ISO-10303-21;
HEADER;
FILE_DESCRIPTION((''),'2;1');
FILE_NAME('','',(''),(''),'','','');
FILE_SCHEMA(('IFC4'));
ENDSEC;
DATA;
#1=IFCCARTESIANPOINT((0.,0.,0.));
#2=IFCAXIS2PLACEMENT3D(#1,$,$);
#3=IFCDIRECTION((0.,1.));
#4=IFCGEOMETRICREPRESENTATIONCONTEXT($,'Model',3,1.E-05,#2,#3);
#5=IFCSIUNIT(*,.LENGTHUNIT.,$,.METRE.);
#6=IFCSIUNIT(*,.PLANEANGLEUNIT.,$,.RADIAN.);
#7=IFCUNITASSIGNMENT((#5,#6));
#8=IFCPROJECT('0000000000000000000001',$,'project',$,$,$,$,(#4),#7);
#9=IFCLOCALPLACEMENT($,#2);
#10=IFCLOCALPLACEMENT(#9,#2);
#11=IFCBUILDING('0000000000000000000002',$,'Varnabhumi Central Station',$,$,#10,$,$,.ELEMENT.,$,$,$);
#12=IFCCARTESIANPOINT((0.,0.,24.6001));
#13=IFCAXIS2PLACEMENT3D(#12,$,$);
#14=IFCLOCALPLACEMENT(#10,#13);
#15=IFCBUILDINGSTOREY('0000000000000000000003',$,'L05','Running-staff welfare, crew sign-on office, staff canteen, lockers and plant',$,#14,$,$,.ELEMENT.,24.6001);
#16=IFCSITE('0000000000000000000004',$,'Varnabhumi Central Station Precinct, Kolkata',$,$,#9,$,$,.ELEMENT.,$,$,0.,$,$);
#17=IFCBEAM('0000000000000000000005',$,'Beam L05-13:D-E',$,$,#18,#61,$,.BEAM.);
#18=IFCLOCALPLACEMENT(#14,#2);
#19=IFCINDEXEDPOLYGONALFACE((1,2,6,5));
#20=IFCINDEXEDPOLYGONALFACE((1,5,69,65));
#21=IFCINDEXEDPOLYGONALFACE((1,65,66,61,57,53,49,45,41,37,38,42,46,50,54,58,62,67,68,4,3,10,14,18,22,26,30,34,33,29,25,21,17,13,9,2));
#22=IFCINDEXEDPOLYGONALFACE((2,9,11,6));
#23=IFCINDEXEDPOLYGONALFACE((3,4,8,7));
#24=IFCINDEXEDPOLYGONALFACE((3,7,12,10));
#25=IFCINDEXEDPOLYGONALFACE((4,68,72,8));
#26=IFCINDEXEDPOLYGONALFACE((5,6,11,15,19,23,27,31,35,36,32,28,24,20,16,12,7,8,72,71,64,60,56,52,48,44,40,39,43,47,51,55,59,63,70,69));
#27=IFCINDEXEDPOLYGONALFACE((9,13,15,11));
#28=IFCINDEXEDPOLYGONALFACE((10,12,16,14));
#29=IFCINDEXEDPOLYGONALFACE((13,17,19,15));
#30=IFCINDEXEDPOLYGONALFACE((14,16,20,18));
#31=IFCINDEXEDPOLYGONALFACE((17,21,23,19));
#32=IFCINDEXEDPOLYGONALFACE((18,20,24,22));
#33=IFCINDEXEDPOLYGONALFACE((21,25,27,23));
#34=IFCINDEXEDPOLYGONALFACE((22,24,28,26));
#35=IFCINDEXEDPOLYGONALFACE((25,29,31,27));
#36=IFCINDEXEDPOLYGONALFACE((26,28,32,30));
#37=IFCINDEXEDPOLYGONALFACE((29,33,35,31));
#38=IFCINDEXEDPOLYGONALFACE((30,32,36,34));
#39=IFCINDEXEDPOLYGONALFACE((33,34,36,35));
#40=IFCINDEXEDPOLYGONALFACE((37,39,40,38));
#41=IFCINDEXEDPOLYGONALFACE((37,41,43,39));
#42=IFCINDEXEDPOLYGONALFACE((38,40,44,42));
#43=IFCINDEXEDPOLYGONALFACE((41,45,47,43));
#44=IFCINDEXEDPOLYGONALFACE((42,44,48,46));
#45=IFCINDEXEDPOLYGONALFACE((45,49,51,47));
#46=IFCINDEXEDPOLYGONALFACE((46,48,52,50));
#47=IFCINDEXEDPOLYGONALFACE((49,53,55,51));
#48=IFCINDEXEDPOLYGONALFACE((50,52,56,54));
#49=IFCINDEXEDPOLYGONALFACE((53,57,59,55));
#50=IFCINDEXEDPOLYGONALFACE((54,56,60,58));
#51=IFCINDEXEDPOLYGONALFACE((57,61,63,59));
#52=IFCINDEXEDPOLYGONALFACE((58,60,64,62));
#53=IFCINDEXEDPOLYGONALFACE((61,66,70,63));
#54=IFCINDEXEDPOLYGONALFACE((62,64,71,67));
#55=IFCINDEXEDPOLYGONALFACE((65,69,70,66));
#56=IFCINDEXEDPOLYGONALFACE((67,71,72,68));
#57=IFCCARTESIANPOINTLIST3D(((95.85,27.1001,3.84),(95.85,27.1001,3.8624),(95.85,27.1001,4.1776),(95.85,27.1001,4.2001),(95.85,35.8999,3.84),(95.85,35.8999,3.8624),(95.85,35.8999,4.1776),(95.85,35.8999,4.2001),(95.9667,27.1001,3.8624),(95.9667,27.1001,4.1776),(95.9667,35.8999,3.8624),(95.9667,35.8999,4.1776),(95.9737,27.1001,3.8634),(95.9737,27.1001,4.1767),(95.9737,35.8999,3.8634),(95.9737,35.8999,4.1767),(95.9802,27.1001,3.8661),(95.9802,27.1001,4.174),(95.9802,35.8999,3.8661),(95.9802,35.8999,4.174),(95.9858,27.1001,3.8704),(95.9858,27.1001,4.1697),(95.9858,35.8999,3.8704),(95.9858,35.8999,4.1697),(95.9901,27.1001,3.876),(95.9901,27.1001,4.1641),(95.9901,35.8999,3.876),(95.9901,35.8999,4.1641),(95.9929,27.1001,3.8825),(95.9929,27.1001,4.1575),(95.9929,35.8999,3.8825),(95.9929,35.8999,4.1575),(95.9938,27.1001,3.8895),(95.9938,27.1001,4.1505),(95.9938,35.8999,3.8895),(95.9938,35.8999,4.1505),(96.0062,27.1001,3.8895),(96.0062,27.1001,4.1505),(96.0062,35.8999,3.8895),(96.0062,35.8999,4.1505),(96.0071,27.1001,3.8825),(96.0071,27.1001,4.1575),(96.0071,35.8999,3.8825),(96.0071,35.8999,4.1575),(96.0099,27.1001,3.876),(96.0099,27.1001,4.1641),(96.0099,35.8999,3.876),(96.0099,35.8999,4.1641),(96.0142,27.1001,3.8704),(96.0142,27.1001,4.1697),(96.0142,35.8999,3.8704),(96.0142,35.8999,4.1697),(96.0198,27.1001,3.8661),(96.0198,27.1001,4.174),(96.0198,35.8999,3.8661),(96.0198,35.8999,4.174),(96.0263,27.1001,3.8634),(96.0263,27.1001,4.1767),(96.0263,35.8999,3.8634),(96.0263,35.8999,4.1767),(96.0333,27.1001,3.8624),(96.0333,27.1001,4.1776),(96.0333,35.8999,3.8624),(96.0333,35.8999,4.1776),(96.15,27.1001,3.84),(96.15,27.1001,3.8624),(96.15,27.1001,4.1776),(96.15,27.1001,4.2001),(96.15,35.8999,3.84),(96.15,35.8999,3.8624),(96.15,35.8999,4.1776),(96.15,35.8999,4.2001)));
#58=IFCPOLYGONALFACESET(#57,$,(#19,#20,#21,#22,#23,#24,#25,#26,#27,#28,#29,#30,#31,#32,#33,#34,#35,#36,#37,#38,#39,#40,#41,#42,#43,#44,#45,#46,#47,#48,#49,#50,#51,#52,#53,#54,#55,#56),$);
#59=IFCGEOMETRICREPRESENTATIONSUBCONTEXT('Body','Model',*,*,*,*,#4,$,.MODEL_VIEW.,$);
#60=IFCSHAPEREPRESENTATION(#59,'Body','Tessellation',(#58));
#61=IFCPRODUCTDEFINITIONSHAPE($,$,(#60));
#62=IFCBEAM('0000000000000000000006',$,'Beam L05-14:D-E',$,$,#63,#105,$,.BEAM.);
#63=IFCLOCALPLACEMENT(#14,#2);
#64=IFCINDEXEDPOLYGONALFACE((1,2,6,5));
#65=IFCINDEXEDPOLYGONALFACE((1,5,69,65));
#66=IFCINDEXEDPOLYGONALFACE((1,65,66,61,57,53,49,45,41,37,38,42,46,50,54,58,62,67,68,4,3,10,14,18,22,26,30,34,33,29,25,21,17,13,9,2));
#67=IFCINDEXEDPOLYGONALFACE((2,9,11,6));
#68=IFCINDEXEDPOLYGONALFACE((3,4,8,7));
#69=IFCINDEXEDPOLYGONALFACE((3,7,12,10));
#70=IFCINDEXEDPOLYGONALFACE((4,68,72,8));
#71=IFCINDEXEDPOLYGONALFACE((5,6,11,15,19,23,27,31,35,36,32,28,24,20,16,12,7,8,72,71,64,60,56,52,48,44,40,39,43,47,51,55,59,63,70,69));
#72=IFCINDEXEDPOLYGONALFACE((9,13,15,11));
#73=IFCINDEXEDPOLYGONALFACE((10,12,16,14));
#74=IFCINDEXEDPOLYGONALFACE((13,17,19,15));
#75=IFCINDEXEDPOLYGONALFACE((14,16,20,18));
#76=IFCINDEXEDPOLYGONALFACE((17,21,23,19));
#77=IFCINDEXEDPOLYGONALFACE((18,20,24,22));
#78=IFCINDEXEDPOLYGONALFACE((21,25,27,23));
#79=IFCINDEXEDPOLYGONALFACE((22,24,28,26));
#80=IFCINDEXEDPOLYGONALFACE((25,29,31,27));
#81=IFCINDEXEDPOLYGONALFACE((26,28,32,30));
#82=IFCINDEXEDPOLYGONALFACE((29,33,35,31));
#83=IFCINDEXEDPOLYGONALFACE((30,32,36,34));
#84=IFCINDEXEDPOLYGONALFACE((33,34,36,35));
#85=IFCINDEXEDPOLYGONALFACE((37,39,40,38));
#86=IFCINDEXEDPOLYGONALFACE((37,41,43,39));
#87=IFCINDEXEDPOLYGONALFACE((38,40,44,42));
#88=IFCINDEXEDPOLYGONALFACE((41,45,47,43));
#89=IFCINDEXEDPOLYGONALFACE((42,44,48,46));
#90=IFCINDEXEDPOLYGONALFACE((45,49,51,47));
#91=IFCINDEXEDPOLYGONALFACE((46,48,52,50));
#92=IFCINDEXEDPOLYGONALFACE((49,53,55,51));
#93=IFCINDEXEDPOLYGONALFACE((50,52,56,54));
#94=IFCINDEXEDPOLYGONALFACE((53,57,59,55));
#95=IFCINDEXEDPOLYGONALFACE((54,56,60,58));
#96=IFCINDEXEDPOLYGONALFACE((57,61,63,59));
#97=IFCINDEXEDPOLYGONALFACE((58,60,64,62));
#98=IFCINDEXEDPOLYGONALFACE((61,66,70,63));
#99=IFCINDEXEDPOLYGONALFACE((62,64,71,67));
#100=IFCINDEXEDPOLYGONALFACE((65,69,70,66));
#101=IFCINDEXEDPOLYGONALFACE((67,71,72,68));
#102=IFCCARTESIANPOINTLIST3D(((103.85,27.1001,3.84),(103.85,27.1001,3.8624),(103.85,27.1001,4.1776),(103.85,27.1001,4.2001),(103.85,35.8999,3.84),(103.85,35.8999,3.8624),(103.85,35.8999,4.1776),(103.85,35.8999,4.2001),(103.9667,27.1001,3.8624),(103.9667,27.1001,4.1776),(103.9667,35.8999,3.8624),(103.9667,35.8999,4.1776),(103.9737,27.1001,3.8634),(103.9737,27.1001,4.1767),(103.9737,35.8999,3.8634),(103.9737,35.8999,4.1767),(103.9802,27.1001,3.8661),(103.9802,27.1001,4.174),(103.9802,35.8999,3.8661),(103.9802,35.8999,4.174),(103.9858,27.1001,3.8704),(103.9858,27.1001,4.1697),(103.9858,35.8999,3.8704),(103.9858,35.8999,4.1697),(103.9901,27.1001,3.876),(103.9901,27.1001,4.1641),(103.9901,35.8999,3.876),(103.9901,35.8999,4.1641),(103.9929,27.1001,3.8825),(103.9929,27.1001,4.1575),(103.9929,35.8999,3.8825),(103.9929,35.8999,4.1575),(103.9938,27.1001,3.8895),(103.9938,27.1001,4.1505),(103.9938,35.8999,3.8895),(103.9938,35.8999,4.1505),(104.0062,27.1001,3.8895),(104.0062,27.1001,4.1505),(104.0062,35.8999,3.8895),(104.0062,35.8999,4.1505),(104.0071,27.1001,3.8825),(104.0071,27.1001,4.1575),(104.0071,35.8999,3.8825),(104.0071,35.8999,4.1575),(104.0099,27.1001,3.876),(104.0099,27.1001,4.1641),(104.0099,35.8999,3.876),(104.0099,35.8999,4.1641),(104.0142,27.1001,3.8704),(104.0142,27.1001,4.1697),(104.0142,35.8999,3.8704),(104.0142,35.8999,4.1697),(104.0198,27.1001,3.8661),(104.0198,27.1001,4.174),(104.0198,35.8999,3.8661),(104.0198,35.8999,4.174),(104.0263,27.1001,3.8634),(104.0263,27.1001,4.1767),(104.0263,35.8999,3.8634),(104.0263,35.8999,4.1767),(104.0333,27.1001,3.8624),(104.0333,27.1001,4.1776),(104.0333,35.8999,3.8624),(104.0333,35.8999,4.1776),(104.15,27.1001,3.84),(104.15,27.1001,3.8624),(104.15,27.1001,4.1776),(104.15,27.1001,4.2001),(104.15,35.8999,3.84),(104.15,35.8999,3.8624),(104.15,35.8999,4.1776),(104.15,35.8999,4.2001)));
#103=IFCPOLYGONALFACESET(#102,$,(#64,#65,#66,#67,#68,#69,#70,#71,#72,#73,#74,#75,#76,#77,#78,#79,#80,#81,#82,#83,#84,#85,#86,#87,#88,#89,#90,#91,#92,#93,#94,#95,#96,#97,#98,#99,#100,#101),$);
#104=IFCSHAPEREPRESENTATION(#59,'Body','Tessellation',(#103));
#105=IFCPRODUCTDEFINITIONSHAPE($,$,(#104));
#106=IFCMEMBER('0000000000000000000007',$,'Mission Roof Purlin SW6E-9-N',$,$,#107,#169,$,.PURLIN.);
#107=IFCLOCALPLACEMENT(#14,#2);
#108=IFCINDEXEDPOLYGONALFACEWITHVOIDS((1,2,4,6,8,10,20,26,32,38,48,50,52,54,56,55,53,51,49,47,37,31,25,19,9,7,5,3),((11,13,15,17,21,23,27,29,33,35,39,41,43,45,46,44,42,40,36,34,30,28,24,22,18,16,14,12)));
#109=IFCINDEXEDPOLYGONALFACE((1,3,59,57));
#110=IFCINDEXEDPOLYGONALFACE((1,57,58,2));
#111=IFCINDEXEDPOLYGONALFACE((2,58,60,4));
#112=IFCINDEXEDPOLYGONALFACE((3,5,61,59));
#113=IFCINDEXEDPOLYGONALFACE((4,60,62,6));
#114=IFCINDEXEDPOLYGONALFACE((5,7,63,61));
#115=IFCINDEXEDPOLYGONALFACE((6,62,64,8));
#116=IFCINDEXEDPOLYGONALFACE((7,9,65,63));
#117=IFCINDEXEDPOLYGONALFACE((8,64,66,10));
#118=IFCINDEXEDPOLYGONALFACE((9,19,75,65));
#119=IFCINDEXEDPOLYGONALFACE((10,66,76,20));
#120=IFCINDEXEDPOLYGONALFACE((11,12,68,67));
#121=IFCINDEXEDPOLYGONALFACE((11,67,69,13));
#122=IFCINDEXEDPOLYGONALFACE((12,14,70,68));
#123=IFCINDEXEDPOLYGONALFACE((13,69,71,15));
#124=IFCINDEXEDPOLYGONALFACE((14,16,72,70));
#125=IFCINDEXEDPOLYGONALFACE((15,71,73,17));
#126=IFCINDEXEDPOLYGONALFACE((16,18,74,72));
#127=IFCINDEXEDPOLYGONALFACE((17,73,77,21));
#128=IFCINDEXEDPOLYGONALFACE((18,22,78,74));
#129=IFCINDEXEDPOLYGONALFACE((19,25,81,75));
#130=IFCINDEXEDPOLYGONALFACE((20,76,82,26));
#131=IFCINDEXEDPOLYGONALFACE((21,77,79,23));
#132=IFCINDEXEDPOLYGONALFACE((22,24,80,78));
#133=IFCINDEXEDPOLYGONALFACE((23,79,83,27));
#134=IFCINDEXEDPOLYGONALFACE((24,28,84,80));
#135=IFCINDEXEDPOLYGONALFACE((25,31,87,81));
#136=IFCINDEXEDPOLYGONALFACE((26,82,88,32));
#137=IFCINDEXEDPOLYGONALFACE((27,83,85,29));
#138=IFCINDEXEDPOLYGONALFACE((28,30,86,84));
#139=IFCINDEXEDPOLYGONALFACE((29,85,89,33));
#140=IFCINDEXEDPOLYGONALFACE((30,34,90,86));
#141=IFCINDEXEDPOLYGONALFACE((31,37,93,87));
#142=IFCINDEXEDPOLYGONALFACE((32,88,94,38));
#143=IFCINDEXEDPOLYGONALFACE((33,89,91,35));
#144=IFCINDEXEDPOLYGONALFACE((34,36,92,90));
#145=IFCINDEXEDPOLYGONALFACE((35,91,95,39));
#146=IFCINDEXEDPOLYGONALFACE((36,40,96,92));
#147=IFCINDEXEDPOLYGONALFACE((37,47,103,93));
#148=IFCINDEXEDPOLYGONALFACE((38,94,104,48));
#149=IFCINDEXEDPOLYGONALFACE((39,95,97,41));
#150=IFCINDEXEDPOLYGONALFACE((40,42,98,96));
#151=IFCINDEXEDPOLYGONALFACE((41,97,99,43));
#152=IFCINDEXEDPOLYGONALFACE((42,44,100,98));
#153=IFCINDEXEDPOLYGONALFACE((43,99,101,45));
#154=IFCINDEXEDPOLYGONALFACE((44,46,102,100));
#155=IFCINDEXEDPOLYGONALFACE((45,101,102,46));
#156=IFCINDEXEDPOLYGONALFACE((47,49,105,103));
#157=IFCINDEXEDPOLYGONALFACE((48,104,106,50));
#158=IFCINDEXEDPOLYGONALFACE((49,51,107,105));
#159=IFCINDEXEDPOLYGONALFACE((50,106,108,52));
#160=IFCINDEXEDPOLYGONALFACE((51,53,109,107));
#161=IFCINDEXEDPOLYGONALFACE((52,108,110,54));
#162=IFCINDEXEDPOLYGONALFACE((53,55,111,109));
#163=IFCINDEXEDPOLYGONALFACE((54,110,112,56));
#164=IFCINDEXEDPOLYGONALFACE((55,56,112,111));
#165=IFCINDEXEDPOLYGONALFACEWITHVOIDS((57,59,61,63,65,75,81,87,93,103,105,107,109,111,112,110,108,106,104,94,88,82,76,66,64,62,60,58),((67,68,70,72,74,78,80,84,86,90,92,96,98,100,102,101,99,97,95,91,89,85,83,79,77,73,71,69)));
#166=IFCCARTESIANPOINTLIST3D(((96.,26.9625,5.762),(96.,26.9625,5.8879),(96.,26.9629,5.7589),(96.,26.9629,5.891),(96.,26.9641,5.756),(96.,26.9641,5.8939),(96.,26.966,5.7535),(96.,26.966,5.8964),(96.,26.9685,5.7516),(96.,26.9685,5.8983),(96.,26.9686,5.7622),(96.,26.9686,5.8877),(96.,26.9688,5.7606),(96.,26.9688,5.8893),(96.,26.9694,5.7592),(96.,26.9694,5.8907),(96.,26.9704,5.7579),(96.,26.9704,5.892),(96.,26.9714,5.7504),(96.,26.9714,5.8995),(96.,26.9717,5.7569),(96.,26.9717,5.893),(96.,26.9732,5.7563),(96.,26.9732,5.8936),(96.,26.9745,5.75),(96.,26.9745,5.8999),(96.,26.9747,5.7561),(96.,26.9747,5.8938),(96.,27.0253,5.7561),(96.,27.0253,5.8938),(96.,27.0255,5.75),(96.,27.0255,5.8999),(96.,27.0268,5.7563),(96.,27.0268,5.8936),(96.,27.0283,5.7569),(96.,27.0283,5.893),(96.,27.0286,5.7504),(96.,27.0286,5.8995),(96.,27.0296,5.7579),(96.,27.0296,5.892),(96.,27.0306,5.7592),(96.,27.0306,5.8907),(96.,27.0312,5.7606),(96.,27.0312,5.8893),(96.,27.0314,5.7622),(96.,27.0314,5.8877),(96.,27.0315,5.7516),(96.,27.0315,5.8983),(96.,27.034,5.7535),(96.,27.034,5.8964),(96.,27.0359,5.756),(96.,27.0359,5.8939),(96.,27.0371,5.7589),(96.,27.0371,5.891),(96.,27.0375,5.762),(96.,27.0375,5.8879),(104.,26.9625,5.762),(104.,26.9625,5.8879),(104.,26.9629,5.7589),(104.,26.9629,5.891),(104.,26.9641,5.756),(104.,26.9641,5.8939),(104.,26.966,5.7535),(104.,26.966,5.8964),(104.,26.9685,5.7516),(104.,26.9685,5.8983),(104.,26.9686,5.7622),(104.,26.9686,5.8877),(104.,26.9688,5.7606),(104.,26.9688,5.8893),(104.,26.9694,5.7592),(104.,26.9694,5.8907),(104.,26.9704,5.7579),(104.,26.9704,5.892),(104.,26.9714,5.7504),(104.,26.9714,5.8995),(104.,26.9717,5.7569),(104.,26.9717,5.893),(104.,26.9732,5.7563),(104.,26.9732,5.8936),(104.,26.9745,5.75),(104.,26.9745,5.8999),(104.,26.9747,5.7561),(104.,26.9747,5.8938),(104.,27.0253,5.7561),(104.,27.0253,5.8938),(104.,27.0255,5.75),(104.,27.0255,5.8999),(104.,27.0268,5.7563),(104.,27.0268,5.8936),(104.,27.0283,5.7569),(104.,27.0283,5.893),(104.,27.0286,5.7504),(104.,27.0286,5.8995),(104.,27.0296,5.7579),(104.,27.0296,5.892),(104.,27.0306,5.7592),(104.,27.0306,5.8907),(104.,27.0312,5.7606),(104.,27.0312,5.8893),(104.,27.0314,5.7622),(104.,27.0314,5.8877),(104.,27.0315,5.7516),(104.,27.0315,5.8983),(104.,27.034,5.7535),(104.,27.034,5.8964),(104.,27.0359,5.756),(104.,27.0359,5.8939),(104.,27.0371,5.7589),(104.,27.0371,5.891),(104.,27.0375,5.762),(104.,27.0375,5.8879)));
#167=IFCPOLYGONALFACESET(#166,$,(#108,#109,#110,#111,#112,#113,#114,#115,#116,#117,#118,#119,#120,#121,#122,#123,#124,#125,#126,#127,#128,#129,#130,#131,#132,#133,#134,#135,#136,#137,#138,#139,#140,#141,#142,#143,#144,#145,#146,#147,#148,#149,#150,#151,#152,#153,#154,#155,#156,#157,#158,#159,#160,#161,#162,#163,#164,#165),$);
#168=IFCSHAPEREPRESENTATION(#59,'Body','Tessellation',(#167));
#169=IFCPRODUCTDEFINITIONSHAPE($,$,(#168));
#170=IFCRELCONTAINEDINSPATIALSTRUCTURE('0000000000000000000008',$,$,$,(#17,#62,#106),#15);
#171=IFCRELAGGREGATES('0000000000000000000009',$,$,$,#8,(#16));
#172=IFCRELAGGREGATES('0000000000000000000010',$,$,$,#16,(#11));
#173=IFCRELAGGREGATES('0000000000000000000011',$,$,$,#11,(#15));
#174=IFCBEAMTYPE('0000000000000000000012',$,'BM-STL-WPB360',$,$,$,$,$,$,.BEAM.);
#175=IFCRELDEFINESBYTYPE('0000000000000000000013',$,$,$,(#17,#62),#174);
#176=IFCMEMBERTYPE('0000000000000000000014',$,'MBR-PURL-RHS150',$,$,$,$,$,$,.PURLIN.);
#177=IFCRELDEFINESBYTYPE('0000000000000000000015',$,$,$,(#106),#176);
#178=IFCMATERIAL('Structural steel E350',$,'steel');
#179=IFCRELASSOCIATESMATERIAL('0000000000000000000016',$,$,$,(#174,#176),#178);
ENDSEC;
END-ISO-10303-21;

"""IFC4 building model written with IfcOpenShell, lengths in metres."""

from ifc_helpers import new_model, si_unit, direction, frame, origin, origin_2d, place, context, subcontext, project, spatial, hollow_rectangle, i_section, extrude, material, material_profile, profile_set, type_object, element, save


model = new_model("IFC4")

# Units and contexts
model_context = context("Model", 3, precision=1e-05, world=origin(), true_north=direction((0.0, 1.0)))
body_context = subcontext(model_context, "Body", "Model", "MODEL_VIEW")
ifc_project = project(units=[si_unit("LENGTHUNIT", "METRE"), si_unit("PLANEANGLEUNIT", "RADIAN")], contexts=[model_context])

# Site, building, storey
site_placement = place(None, origin())
site = spatial("IfcSite", under=ifc_project, at=site_placement, Name="Varnabhumi Central Station Precinct, Kolkata", CompositionType="ELEMENT", RefElevation=0.0)
building_placement = place(site_placement, origin())
building = spatial("IfcBuilding", under=site, at=building_placement, Name="Varnabhumi Central Station", CompositionType="ELEMENT")
storey_placement = place(building_placement, frame((0.0, 0.0, 24.6001)))
storey = spatial("IfcBuildingStorey", under=building, at=storey_placement, Name="L05", Description="Running-staff welfare, crew sign-on office, staff canteen, lockers and plant", CompositionType="ELEMENT", Elevation=24.6001)

# Shared definitions
ifc_material_1 = material(Name="Structural steel E350", Category="steel")

# Beams
ifc_material_profile_1 = material_profile(ifc_material_1, i_section(OverallWidth=0.3, OverallDepth=0.3601, WebThickness=0.0125, FlangeThickness=0.0225, FilletRadius=0.0271, at=origin_2d()), Name="Structural steel E350", Category="steel")
ifc_profile_set_1 = profile_set([ifc_material_profile_1], Name="Structural steel E350")
beam_type_1 = type_object("IfcBeamType", Name="BM-STL-WPB360", PredefinedType="BEAM", material=ifc_profile_set_1)
for number, where, z_axis, x_axis, name in (
    (1, (96.0, 27.1001, 4.02), (0.0, 1.0, 0.0), (-1.0, 0.0, 0.0), "Beam L05-13:D-E"),
    (2, (104.0, 27.1001, 4.02), (0.0, 1.0, 0.0), (-1.0, 0.0, 0.0), "Beam L05-14:D-E"),
):
    element("IfcBeam", number, at=place(storey_placement, frame(where, z_axis=z_axis, x_axis=x_axis)), inside=storey, type_object=beam_type_1, Name=name, PredefinedType="BEAM", context=body_context, shape_type="SweptSolid", body=[
        extrude(i_section(OverallWidth=0.3, OverallDepth=0.3601, WebThickness=0.0125, FlangeThickness=0.0225, FilletRadius=0.0271, at=origin_2d()), origin(), (0.0, 0.0, 1.0), 8.7998),
    ])

# Member
ifc_material_profile_2 = material_profile(ifc_material_1, hollow_rectangle(XDim=0.075, YDim=0.1499, WallThickness=0.0061, InnerFilletRadius=0.0061, OuterFilletRadius=0.012, at=origin_2d()), Name="Structural steel E350", Category="steel")
ifc_profile_set_2 = profile_set([ifc_material_profile_2], Name="Structural steel E350")
member_type_1 = type_object("IfcMemberType", Name="MBR-PURL-RHS150", PredefinedType="PURLIN", material=ifc_profile_set_2)
member_1_placement = place(storey_placement, frame((96.0, 27.0, 5.825), z_axis=(1.0, 0.0, 0.0), x_axis=(0.0, 1.0, 0.0)))
element("IfcMember", 3, at=member_1_placement, inside=storey, type_object=member_type_1, Name="Mission Roof Purlin SW6E-9-N", PredefinedType="PURLIN", context=body_context, shape_type="SweptSolid", body=[
    extrude(hollow_rectangle(XDim=0.075, YDim=0.1499, WallThickness=0.0061, InnerFilletRadius=0.0061, OuterFilletRadius=0.012, at=origin_2d()), origin(), (0.0, 0.0, 1.0), 8.0),
])

save(model, "model.ifc")
